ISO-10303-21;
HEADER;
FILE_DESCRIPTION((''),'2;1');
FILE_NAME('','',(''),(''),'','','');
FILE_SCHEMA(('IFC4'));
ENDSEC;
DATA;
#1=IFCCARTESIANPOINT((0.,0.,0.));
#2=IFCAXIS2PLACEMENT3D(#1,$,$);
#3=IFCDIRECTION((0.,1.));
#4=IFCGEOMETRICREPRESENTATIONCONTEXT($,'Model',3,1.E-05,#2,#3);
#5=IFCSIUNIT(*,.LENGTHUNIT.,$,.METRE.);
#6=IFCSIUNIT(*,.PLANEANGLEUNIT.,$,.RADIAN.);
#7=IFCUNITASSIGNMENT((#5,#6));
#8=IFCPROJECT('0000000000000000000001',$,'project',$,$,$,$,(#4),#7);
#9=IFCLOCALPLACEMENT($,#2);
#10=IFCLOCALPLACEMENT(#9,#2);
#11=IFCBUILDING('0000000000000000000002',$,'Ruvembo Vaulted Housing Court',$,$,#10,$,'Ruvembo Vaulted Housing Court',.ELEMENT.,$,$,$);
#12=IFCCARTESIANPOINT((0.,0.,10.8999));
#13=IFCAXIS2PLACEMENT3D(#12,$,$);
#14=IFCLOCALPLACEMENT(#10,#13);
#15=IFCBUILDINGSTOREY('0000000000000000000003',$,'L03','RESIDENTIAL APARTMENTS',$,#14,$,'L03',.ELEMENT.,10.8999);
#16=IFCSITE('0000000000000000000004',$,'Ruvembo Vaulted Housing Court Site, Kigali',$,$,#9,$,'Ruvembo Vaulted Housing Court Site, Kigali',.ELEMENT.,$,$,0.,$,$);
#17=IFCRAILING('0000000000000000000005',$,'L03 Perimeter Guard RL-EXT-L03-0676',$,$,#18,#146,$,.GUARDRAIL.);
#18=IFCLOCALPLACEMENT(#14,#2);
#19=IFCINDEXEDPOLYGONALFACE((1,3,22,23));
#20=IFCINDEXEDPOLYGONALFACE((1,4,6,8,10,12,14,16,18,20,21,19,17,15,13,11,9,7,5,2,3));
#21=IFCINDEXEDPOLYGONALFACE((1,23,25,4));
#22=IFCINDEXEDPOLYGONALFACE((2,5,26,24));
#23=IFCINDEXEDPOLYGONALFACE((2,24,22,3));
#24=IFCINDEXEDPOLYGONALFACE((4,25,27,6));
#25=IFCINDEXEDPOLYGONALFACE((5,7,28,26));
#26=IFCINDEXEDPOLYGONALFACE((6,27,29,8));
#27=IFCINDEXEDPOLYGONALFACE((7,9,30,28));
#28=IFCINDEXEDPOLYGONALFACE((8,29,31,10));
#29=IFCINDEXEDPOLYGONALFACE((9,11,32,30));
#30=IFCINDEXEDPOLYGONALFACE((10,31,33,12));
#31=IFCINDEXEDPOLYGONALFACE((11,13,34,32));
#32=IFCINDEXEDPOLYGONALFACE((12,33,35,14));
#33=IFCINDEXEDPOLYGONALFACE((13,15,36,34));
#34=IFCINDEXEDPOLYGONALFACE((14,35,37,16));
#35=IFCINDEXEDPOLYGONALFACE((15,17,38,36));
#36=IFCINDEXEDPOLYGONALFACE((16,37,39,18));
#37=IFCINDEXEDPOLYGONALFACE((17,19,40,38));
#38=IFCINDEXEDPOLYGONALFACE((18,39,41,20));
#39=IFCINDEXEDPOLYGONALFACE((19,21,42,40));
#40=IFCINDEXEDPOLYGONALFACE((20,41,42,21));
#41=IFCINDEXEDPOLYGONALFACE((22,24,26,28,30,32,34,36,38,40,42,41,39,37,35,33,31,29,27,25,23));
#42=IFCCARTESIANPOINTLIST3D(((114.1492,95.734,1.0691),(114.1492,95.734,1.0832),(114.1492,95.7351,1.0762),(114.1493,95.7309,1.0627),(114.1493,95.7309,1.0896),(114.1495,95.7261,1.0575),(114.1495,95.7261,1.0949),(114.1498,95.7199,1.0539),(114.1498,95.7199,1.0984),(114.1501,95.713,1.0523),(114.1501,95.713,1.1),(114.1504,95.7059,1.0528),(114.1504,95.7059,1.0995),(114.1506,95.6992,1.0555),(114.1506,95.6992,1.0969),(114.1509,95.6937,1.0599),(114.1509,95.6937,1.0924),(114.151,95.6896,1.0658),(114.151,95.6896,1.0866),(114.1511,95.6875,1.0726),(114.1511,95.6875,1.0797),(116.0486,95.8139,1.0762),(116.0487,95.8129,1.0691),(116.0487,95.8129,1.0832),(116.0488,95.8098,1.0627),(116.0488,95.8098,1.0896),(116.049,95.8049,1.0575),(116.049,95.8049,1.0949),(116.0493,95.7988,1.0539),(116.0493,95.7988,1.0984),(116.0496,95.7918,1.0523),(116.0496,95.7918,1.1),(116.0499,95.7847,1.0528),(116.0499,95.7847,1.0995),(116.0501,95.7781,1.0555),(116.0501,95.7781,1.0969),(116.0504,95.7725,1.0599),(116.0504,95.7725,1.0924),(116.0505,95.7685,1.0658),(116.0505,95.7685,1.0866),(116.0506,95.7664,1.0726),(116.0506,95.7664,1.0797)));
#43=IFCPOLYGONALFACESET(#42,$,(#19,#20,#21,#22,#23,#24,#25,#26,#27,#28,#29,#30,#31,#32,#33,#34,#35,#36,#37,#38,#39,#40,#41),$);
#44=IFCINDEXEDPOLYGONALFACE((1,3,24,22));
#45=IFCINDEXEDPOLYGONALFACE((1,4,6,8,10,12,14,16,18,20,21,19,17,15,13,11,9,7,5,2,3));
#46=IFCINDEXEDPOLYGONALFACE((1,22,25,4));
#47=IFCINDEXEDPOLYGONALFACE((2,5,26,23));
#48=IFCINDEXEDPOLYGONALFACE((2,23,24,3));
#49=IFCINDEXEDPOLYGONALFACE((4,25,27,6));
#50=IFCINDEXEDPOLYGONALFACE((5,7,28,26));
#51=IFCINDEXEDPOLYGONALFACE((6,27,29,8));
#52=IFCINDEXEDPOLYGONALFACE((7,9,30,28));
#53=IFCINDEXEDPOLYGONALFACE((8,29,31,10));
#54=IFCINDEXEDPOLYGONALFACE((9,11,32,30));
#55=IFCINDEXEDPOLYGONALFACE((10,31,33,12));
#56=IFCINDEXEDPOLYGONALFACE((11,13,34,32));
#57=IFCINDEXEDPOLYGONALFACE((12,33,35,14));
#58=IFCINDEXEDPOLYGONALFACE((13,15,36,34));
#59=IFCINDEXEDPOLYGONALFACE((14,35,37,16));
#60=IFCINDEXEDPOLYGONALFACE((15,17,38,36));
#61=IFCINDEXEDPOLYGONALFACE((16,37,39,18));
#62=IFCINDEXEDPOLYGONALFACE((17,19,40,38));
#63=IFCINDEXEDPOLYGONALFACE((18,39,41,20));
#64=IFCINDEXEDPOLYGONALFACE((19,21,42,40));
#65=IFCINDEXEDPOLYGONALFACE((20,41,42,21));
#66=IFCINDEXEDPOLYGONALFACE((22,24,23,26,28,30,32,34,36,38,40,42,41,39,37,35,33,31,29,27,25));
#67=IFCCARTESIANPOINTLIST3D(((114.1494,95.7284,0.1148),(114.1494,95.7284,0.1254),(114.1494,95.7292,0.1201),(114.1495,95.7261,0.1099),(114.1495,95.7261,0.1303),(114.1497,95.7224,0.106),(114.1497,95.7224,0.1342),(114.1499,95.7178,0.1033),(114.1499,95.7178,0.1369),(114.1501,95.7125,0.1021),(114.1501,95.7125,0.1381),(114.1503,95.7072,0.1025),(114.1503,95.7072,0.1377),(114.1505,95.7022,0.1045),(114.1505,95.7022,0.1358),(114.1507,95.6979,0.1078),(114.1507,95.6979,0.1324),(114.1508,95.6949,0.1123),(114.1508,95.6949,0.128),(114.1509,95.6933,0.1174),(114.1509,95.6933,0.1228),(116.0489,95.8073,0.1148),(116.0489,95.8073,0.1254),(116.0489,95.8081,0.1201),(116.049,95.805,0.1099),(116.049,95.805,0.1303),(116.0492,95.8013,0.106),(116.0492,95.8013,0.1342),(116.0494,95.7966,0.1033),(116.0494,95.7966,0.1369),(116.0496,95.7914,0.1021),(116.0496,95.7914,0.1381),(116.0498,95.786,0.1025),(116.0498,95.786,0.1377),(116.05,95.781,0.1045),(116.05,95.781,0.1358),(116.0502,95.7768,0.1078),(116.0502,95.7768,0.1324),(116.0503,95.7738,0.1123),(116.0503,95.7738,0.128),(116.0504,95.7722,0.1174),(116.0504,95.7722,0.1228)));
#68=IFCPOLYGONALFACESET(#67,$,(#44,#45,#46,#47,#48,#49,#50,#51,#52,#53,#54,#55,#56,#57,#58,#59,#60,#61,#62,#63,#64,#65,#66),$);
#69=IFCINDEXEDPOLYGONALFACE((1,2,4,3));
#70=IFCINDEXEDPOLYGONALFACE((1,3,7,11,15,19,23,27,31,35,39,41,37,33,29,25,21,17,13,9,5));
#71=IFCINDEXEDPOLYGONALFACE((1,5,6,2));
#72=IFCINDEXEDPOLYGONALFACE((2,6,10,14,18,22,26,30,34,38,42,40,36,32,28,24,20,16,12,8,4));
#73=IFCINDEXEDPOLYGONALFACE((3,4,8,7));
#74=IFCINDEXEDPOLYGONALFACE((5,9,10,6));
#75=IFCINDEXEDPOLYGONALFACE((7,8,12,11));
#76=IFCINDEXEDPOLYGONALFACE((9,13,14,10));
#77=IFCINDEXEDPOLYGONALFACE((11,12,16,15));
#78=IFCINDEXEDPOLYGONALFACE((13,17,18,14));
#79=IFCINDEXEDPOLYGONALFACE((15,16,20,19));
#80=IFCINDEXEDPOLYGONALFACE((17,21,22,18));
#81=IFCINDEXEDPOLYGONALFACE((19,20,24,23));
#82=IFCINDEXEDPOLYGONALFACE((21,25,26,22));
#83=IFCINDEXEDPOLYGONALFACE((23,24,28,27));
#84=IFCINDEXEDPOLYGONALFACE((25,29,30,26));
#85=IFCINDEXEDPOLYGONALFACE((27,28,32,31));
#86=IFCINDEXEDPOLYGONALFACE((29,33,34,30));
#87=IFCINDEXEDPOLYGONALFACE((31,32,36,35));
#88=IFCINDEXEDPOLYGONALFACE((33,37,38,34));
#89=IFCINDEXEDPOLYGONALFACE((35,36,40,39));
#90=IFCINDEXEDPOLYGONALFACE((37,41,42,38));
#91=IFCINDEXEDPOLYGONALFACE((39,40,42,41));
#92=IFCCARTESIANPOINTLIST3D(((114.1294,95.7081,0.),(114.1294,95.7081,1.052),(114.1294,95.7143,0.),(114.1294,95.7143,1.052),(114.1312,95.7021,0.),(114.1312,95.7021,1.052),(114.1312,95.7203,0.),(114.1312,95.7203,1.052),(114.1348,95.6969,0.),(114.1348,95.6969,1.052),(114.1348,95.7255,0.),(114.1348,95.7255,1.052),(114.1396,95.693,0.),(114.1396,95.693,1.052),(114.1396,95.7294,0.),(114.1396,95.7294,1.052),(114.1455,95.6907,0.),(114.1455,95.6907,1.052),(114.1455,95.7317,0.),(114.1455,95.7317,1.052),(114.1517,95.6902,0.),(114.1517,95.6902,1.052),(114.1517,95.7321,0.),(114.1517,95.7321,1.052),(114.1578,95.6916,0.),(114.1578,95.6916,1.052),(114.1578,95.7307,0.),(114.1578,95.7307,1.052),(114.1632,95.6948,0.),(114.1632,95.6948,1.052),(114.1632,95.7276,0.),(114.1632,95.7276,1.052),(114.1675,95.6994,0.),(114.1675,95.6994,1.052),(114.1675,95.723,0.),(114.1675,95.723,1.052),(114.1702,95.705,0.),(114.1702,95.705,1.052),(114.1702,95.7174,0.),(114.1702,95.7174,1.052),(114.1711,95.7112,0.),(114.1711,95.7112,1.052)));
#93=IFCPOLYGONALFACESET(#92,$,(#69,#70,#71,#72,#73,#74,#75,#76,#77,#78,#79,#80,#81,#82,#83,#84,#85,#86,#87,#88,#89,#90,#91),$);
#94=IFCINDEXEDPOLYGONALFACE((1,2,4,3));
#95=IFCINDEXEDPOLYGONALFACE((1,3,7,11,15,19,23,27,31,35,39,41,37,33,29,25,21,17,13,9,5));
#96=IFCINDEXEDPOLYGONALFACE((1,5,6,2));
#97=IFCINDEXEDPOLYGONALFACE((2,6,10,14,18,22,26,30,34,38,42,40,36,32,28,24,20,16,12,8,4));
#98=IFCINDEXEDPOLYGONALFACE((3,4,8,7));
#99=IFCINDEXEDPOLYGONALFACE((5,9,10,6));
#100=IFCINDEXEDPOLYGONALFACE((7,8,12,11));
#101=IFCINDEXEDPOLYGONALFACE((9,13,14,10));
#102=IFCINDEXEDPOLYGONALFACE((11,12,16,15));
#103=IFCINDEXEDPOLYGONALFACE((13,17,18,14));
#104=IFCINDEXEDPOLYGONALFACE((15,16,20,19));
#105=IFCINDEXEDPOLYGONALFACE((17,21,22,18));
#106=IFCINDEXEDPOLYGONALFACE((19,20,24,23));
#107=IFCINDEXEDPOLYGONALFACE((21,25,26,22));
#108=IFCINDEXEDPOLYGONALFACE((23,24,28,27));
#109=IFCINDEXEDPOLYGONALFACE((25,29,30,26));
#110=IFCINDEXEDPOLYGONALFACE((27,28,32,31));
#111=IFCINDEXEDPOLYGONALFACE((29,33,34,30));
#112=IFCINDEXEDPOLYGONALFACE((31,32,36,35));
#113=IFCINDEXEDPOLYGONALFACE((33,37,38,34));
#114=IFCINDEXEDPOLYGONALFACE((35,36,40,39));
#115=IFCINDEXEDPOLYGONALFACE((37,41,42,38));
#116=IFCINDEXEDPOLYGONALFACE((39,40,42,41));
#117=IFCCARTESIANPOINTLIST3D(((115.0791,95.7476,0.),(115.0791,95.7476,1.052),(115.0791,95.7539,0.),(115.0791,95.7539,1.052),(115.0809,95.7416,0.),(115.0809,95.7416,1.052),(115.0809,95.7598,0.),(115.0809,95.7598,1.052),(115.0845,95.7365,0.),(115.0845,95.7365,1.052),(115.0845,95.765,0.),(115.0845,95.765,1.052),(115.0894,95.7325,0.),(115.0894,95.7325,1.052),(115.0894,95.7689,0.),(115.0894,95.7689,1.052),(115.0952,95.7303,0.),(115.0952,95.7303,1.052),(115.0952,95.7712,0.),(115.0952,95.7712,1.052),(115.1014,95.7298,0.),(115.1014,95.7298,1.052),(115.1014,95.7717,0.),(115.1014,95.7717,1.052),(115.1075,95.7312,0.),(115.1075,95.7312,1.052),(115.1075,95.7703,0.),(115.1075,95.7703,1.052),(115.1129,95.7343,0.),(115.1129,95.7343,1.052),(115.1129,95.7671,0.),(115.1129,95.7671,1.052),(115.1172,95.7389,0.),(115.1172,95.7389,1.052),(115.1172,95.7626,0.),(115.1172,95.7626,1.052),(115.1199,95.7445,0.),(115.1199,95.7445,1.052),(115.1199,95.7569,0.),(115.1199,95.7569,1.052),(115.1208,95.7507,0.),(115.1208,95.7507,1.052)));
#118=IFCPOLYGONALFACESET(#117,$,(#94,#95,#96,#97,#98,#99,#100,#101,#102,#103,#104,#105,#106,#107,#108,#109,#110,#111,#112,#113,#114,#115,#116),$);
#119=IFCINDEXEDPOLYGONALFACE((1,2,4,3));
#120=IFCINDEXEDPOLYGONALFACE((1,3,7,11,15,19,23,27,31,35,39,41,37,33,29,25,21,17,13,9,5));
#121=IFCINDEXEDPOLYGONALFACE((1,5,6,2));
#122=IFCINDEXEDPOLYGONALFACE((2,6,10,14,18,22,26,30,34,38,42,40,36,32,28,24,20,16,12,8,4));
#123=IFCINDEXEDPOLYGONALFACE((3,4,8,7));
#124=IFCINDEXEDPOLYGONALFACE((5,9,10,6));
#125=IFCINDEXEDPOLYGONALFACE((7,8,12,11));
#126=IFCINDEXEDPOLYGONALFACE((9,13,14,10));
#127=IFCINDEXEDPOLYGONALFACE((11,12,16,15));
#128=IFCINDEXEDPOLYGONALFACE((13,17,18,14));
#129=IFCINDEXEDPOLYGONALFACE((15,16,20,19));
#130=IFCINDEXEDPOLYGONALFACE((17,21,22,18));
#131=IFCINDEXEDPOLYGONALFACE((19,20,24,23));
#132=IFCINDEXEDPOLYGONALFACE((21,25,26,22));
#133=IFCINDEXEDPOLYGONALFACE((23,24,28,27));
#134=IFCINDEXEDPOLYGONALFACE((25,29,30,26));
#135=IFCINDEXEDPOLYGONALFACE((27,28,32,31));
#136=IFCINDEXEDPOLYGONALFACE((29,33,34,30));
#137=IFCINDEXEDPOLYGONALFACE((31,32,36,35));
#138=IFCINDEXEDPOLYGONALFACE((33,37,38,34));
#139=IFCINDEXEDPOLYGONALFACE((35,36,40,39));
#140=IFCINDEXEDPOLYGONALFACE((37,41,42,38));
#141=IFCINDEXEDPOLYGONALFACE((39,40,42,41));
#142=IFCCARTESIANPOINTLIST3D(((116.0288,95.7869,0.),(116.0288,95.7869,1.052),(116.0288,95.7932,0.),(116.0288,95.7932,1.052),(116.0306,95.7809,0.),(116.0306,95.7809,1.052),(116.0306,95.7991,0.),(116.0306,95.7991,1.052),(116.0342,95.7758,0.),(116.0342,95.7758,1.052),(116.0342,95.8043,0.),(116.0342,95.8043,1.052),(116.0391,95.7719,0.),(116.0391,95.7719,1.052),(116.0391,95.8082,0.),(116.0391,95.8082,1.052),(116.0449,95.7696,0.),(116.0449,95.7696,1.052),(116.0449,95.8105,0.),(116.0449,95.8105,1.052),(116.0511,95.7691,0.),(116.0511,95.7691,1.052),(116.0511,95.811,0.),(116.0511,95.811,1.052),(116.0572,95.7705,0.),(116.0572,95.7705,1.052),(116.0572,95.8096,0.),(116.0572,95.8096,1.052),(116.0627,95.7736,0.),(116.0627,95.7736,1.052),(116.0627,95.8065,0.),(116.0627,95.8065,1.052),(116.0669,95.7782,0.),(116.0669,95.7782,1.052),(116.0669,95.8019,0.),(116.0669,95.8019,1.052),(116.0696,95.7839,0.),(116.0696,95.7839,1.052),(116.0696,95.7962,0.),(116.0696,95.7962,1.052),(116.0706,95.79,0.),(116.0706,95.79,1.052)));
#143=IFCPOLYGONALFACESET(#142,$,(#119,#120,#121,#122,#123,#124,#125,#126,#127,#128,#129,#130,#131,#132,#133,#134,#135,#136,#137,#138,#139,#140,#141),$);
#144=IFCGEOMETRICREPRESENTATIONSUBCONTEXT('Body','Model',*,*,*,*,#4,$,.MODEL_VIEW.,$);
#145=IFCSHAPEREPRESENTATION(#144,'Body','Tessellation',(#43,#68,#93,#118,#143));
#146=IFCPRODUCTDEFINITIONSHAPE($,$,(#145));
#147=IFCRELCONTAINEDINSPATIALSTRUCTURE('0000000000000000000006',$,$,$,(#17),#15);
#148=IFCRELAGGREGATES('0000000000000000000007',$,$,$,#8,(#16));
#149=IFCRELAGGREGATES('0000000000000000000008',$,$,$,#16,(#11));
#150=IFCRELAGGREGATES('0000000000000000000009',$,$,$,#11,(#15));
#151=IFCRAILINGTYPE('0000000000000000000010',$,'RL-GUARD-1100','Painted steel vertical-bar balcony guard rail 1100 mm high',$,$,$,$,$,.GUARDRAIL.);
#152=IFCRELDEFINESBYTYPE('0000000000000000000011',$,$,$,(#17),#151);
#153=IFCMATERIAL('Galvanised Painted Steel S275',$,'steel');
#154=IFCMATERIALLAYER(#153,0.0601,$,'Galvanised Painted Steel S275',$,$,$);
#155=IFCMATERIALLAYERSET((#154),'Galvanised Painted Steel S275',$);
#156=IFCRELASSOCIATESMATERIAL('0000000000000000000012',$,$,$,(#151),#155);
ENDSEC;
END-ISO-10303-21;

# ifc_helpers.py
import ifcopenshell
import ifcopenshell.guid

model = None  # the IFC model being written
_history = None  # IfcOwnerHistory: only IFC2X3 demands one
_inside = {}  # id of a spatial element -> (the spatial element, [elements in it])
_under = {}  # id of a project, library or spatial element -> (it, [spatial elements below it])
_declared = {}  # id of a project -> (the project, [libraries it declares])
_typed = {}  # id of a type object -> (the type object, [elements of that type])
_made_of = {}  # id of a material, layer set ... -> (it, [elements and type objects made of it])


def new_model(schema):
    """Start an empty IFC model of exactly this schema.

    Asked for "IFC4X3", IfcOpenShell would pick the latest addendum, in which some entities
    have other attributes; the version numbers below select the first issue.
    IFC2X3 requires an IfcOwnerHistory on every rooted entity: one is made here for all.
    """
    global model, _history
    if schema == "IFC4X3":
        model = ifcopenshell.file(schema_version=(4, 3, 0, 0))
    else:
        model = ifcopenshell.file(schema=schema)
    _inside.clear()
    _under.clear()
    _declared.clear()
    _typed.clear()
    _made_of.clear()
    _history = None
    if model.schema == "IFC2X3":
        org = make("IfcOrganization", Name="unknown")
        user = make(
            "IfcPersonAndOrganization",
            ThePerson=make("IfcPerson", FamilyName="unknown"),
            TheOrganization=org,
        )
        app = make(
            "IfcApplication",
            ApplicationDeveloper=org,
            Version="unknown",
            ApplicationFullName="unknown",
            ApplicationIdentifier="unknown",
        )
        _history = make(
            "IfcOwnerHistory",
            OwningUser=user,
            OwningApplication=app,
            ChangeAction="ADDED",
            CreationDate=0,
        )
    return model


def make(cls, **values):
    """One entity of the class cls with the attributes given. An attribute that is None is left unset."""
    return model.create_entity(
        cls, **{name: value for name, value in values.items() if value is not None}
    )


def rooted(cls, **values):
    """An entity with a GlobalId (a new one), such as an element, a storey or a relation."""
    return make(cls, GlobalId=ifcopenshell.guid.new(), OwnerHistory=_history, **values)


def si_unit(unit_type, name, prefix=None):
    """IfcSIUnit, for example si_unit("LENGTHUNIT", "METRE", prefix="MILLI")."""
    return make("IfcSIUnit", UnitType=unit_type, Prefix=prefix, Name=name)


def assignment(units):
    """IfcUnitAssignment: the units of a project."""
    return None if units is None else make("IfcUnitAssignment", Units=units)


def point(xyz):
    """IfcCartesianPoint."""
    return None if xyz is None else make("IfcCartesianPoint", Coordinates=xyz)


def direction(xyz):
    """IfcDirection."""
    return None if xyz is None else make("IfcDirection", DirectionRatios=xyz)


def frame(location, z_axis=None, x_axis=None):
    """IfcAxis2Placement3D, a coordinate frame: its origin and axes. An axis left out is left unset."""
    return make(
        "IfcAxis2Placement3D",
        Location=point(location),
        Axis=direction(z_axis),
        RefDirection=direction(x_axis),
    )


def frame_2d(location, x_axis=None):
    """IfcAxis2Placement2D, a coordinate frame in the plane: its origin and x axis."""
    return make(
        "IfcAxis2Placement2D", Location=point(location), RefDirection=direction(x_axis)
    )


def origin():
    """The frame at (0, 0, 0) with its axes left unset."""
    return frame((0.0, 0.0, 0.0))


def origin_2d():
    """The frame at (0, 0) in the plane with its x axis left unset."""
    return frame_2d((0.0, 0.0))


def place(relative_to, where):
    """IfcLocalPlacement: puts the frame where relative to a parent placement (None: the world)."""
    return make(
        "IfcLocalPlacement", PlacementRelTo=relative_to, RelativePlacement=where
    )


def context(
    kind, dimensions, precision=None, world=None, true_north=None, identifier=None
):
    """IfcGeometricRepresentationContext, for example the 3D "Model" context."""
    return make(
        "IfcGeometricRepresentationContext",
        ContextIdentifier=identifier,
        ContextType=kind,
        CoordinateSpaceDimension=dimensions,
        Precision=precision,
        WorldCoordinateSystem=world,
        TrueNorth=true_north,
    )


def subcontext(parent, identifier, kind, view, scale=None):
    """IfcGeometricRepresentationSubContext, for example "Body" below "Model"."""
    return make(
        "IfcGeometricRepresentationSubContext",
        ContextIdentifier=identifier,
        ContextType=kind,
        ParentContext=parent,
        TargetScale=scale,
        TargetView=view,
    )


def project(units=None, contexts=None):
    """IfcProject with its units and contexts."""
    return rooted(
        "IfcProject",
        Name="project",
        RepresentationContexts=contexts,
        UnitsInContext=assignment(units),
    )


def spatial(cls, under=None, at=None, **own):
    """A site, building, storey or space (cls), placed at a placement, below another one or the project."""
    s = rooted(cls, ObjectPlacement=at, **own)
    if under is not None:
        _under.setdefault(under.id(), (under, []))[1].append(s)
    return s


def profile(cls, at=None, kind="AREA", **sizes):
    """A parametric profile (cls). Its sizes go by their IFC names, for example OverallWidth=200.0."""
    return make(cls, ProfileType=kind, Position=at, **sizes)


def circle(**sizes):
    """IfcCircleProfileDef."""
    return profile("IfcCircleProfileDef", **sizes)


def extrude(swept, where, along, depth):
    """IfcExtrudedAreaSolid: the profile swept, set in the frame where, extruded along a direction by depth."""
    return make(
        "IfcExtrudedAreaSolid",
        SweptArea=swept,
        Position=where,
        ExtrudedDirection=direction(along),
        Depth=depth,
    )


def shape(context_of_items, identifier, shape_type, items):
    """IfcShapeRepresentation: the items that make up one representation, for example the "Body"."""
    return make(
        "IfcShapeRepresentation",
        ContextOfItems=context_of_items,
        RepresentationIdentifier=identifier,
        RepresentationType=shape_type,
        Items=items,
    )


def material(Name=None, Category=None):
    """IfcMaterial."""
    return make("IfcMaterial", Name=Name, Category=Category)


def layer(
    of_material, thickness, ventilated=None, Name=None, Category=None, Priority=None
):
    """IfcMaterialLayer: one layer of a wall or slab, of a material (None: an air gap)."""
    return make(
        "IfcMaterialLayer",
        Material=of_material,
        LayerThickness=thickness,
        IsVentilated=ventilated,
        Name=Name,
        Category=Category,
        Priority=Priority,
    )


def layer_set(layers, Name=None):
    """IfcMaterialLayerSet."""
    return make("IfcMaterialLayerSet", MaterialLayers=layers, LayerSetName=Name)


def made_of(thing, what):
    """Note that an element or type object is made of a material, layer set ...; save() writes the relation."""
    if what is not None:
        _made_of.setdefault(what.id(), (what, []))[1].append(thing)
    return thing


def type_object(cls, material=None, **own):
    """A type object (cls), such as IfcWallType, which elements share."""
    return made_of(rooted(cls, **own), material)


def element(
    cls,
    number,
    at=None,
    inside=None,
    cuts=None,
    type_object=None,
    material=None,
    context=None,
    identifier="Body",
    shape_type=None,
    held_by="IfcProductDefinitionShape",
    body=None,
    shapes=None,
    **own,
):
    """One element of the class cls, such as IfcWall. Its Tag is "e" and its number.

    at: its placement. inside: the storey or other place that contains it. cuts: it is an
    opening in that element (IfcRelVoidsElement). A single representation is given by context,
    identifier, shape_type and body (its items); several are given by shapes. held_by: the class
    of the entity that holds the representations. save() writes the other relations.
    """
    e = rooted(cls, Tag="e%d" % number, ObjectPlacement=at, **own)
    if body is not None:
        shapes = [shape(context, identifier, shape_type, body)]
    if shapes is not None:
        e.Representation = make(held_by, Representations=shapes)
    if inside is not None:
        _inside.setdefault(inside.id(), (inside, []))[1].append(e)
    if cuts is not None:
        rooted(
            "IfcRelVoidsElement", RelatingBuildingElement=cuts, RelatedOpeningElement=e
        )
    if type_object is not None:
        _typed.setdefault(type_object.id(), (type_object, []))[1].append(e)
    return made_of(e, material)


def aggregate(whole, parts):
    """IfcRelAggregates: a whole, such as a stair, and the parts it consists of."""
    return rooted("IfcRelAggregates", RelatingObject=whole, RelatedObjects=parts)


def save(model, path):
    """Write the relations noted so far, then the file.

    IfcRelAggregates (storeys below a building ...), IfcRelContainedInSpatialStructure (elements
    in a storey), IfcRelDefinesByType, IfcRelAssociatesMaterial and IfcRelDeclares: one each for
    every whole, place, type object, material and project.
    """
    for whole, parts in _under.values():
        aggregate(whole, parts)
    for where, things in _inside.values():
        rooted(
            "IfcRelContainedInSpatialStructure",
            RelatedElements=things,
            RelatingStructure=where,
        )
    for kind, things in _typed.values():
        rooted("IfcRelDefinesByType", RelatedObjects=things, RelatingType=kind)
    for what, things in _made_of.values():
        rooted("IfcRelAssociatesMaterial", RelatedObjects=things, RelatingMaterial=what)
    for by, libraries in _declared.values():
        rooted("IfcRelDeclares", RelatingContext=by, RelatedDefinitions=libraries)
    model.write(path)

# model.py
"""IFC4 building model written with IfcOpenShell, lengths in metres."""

from ifc_helpers import new_model, si_unit, direction, frame, origin, origin_2d, place, context, subcontext, project, spatial, circle, extrude, material, layer, layer_set, type_object, element, save


model = new_model("IFC4")

# Units and contexts
model_context = context("Model", 3, precision=1e-05, world=origin(), true_north=direction((0.0, 1.0)))
body_context = subcontext(model_context, "Body", "Model", "MODEL_VIEW")
ifc_project = project(units=[si_unit("LENGTHUNIT", "METRE"), si_unit("PLANEANGLEUNIT", "RADIAN")], contexts=[model_context])

# Site, building, storey
site_placement = place(None, origin())
site = spatial("IfcSite", under=ifc_project, at=site_placement, Name="Ruvembo Vaulted Housing Court Site, Kigali", LongName="Ruvembo Vaulted Housing Court Site, Kigali", CompositionType="ELEMENT", RefElevation=0.0)
building_placement = place(site_placement, origin())
building = spatial("IfcBuilding", under=site, at=building_placement, Name="Ruvembo Vaulted Housing Court", LongName="Ruvembo Vaulted Housing Court", CompositionType="ELEMENT")
storey_placement = place(building_placement, frame((0.0, 0.0, 10.8999)))
storey = spatial("IfcBuildingStorey", under=building, at=storey_placement, Name="L03", Description="RESIDENTIAL APARTMENTS", LongName="L03", CompositionType="ELEMENT", Elevation=10.8999)

# Railing
ifc_material_1 = material(Name="Galvanised Painted Steel S275", Category="steel")
ifc_layer = layer(ifc_material_1, 0.0601, Name="Galvanised Painted Steel S275")
ifc_layer_set = layer_set([ifc_layer], Name="Galvanised Painted Steel S275")
railing_type = type_object("IfcRailingType", Name="RL-GUARD-1100", Description="Painted steel vertical-bar balcony guard rail 1100 mm high", PredefinedType="GUARDRAIL", material=ifc_layer_set)
railing_1_placement = place(storey_placement, frame((114.1501, 95.7112, 0.0)))
element("IfcRailing", 1, at=railing_1_placement, inside=storey, type_object=railing_type, Name="L03 Perimeter Guard RL-EXT-L03-0676", PredefinedType="GUARDRAIL", context=body_context, shape_type="SweptSolid", body=[
    extrude(circle(Radius=0.0239, at=origin_2d()), frame((0.0, 0.0, 1.0762), z_axis=(0.999139, 0.041481, 0.0), x_axis=(-0.041481, 0.999139, 0.0)), (0.0, 0.0, 1.0), 1.9011),
    extrude(circle(Radius=0.0181, at=origin_2d()), frame((0.0, 0.0, 0.1201), z_axis=(0.999139, 0.041481, 0.0), x_axis=(-0.041481, 0.999139, 0.0)), (0.0, 0.0, 1.0), 1.9011),
    extrude(circle(Radius=0.021, at=origin_2d()), origin(), (0.0, 0.0, 1.0), 1.052),
    extrude(circle(Radius=0.021, at=origin_2d()), frame((0.9497, 0.0396, 0.0)), (0.0, 0.0, 1.0), 1.052),
    extrude(circle(Radius=0.021, at=origin_2d()), frame((1.8994, 0.0789, 0.0)), (0.0, 0.0, 1.0), 1.052),
])

save(model, "model.ifc")
